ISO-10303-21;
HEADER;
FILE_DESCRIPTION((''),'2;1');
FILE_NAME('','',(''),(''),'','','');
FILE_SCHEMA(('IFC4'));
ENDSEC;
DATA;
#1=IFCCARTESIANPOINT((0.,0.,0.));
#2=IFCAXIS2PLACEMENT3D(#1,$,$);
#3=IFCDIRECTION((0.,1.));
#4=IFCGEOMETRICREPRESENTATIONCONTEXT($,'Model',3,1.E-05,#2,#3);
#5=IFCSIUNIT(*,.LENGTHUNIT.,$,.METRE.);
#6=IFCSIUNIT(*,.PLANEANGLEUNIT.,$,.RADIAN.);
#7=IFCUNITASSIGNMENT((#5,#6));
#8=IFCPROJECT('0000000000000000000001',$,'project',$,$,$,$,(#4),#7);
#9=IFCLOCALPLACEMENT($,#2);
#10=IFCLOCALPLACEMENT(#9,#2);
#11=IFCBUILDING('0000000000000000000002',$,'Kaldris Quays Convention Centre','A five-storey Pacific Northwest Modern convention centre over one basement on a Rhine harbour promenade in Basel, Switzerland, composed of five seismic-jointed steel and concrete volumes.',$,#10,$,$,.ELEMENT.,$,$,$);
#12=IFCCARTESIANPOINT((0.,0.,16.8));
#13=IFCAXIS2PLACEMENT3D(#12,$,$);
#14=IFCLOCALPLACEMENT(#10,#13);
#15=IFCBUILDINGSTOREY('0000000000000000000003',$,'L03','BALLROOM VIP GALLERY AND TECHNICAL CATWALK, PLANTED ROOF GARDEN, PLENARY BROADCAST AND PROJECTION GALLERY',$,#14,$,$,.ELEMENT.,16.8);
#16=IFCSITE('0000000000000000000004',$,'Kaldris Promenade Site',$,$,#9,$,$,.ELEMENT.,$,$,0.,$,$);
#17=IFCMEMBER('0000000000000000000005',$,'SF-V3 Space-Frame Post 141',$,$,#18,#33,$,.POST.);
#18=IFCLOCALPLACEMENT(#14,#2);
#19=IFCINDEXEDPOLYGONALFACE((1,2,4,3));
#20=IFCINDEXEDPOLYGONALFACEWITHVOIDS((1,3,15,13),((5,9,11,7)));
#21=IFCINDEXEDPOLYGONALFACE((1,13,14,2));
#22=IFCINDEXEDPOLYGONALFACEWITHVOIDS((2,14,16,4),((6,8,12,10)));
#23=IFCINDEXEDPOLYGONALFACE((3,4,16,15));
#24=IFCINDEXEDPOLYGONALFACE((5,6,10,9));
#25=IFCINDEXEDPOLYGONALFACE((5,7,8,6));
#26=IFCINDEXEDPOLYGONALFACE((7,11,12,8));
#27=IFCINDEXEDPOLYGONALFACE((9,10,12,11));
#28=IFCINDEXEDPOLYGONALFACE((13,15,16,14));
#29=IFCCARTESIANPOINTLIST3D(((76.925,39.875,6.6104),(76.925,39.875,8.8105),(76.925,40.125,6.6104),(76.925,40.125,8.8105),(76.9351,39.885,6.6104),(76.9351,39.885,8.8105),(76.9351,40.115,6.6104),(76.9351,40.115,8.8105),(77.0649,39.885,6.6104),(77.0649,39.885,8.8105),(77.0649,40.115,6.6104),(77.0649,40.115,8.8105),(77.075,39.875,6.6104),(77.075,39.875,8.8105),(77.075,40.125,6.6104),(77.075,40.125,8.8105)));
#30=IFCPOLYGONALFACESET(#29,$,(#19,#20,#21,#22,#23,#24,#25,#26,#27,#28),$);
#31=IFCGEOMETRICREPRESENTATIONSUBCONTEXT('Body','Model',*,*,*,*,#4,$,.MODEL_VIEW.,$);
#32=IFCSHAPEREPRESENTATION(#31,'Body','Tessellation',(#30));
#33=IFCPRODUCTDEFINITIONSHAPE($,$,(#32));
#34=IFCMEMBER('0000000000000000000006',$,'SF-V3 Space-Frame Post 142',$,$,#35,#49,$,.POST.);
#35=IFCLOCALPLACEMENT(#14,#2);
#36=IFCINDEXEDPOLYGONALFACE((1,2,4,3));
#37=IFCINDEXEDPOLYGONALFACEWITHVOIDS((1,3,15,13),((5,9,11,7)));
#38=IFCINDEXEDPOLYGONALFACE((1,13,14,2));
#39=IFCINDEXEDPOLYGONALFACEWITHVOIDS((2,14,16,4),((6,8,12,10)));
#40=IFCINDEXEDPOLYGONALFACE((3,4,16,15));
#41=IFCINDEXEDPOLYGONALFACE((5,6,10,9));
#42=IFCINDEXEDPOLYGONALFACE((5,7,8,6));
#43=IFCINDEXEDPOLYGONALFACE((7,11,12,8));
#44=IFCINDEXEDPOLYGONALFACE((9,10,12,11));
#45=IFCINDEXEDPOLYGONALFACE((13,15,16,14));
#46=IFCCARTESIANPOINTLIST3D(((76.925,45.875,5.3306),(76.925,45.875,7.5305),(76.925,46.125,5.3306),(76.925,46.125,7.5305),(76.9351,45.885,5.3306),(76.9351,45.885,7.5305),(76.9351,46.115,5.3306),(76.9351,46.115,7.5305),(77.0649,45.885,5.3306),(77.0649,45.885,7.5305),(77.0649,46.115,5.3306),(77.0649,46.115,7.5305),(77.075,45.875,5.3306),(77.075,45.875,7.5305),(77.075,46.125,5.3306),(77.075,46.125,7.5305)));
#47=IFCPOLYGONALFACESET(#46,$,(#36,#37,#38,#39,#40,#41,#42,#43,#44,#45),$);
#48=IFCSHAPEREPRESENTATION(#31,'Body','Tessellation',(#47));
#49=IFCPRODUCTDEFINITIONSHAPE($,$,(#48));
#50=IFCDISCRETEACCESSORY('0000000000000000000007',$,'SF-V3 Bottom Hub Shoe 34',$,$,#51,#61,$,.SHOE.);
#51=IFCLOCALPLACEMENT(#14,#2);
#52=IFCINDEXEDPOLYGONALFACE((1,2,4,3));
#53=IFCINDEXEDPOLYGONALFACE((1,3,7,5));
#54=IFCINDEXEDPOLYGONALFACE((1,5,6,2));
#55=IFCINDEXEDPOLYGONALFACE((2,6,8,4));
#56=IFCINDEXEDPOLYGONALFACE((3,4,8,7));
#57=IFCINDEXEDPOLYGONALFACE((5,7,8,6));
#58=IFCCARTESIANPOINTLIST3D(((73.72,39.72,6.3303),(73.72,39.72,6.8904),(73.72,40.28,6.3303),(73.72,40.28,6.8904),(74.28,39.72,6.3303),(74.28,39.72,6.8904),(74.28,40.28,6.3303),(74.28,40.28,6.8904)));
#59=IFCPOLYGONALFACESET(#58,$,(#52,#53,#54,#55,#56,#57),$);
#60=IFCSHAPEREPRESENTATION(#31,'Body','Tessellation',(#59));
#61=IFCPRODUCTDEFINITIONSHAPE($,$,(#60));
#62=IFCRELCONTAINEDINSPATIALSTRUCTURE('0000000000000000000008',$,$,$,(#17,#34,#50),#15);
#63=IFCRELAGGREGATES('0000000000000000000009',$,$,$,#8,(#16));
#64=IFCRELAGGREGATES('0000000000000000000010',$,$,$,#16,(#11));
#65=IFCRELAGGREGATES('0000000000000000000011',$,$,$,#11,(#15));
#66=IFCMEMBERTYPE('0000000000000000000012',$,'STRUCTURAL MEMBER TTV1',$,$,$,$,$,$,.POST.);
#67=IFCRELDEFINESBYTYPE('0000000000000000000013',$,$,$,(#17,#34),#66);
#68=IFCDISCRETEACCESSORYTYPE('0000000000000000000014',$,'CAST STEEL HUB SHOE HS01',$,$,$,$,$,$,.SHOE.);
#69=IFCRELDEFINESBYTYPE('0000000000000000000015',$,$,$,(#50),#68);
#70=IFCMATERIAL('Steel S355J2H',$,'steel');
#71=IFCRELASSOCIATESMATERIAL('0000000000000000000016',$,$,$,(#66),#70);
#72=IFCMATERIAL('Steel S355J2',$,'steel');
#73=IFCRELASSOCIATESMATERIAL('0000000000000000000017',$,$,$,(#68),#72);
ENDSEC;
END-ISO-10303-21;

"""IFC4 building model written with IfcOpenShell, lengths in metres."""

from ifc_helpers import new_model, si_unit, direction, frame, origin, origin_2d, place, context, subcontext, project, spatial, rectangle, hollow_rectangle, extrude, material, material_profile, profile_set, type_object, element, save


model = new_model("IFC4")

# Units and contexts
model_context = context("Model", 3, precision=1e-05, world=origin(), true_north=direction((0.0, 1.0)))
body_context = subcontext(model_context, "Body", "Model", "MODEL_VIEW")
ifc_project = project(units=[si_unit("LENGTHUNIT", "METRE"), si_unit("PLANEANGLEUNIT", "RADIAN")], contexts=[model_context])

# Site, building, storey
site_placement = place(None, origin())
site = spatial("IfcSite", under=ifc_project, at=site_placement, Name="Kaldris Promenade Site", CompositionType="ELEMENT", RefElevation=0.0)
building_placement = place(site_placement, origin())
building = spatial("IfcBuilding", under=site, at=building_placement, Name="Kaldris Quays Convention Centre", Description="A five-storey Pacific Northwest Modern convention centre over one basement on a Rhine harbour promenade in Basel, Switzerland, composed of five seismic-jointed steel and concrete volumes.", CompositionType="ELEMENT")
storey_placement = place(building_placement, frame((0.0, 0.0, 16.8)))
storey = spatial("IfcBuildingStorey", under=building, at=storey_placement, Name="L03", Description="BALLROOM VIP GALLERY AND TECHNICAL CATWALK, PLANTED ROOF GARDEN, PLENARY BROADCAST AND PROJECTION GALLERY", CompositionType="ELEMENT", Elevation=16.8)

# Members
ifc_material_1 = material(Name="Steel S355J2H", Category="steel")
ifc_material_profile_1 = material_profile(ifc_material_1, hollow_rectangle(XDim=0.1499, YDim=0.25, WallThickness=0.01, at=origin_2d()), Name="RHS 250x150x10")
ifc_profile_set_1 = profile_set([ifc_material_profile_1], Name="Steel S355J2H")
member_type_1 = type_object("IfcMemberType", Name="STRUCTURAL MEMBER TTV1", PredefinedType="POST", material=ifc_profile_set_1)
member_1_placement = place(storey_placement, frame((77.0, 40.0, 6.6104), z_axis=(0.0, 0.0, 1.0), x_axis=(1.0, 0.0, 0.0)))
element("IfcMember", 1, at=member_1_placement, inside=storey, type_object=member_type_1, Name="SF-V3 Space-Frame Post 141", PredefinedType="POST", context=body_context, shape_type="SweptSolid", body=[
    extrude(hollow_rectangle(XDim=0.1499, YDim=0.25, WallThickness=0.01, at=origin_2d()), origin(), (0.0, 0.0, 1.0), 2.2002),
])
member_2_placement = place(storey_placement, frame((77.0, 46.0, 5.3306), z_axis=(0.0, 0.0, 1.0), x_axis=(1.0, 0.0, 0.0)))
element("IfcMember", 2, at=member_2_placement, inside=storey, type_object=member_type_1, Name="SF-V3 Space-Frame Post 142", PredefinedType="POST", context=body_context, shape_type="SweptSolid", body=[
    extrude(hollow_rectangle(XDim=0.1499, YDim=0.25, WallThickness=0.01, at=origin_2d()), origin(), (0.0, 0.0, 1.0), 2.2),
])

# Discrete accessory
ifc_material_2 = material(Name="Steel S355J2", Category="steel")
discrete_accessory_type = type_object("IfcDiscreteAccessoryType", Name="CAST STEEL HUB SHOE HS01", PredefinedType="SHOE", material=ifc_material_2)
discrete_accessory_placement = place(storey_placement, frame((74.0, 40.0, 6.3303), z_axis=(0.0, 0.0, 1.0), x_axis=(1.0, 0.0, 0.0)))
element("IfcDiscreteAccessory", 3, at=discrete_accessory_placement, inside=storey, type_object=discrete_accessory_type, Name="SF-V3 Bottom Hub Shoe 34", PredefinedType="SHOE", context=body_context, shape_type="SweptSolid", body=[
    extrude(rectangle(XDim=0.5601, YDim=0.5601, at=origin_2d()), origin(), (0.0, 0.0, 1.0), 0.5601),
])

save(model, "model.ifc")
